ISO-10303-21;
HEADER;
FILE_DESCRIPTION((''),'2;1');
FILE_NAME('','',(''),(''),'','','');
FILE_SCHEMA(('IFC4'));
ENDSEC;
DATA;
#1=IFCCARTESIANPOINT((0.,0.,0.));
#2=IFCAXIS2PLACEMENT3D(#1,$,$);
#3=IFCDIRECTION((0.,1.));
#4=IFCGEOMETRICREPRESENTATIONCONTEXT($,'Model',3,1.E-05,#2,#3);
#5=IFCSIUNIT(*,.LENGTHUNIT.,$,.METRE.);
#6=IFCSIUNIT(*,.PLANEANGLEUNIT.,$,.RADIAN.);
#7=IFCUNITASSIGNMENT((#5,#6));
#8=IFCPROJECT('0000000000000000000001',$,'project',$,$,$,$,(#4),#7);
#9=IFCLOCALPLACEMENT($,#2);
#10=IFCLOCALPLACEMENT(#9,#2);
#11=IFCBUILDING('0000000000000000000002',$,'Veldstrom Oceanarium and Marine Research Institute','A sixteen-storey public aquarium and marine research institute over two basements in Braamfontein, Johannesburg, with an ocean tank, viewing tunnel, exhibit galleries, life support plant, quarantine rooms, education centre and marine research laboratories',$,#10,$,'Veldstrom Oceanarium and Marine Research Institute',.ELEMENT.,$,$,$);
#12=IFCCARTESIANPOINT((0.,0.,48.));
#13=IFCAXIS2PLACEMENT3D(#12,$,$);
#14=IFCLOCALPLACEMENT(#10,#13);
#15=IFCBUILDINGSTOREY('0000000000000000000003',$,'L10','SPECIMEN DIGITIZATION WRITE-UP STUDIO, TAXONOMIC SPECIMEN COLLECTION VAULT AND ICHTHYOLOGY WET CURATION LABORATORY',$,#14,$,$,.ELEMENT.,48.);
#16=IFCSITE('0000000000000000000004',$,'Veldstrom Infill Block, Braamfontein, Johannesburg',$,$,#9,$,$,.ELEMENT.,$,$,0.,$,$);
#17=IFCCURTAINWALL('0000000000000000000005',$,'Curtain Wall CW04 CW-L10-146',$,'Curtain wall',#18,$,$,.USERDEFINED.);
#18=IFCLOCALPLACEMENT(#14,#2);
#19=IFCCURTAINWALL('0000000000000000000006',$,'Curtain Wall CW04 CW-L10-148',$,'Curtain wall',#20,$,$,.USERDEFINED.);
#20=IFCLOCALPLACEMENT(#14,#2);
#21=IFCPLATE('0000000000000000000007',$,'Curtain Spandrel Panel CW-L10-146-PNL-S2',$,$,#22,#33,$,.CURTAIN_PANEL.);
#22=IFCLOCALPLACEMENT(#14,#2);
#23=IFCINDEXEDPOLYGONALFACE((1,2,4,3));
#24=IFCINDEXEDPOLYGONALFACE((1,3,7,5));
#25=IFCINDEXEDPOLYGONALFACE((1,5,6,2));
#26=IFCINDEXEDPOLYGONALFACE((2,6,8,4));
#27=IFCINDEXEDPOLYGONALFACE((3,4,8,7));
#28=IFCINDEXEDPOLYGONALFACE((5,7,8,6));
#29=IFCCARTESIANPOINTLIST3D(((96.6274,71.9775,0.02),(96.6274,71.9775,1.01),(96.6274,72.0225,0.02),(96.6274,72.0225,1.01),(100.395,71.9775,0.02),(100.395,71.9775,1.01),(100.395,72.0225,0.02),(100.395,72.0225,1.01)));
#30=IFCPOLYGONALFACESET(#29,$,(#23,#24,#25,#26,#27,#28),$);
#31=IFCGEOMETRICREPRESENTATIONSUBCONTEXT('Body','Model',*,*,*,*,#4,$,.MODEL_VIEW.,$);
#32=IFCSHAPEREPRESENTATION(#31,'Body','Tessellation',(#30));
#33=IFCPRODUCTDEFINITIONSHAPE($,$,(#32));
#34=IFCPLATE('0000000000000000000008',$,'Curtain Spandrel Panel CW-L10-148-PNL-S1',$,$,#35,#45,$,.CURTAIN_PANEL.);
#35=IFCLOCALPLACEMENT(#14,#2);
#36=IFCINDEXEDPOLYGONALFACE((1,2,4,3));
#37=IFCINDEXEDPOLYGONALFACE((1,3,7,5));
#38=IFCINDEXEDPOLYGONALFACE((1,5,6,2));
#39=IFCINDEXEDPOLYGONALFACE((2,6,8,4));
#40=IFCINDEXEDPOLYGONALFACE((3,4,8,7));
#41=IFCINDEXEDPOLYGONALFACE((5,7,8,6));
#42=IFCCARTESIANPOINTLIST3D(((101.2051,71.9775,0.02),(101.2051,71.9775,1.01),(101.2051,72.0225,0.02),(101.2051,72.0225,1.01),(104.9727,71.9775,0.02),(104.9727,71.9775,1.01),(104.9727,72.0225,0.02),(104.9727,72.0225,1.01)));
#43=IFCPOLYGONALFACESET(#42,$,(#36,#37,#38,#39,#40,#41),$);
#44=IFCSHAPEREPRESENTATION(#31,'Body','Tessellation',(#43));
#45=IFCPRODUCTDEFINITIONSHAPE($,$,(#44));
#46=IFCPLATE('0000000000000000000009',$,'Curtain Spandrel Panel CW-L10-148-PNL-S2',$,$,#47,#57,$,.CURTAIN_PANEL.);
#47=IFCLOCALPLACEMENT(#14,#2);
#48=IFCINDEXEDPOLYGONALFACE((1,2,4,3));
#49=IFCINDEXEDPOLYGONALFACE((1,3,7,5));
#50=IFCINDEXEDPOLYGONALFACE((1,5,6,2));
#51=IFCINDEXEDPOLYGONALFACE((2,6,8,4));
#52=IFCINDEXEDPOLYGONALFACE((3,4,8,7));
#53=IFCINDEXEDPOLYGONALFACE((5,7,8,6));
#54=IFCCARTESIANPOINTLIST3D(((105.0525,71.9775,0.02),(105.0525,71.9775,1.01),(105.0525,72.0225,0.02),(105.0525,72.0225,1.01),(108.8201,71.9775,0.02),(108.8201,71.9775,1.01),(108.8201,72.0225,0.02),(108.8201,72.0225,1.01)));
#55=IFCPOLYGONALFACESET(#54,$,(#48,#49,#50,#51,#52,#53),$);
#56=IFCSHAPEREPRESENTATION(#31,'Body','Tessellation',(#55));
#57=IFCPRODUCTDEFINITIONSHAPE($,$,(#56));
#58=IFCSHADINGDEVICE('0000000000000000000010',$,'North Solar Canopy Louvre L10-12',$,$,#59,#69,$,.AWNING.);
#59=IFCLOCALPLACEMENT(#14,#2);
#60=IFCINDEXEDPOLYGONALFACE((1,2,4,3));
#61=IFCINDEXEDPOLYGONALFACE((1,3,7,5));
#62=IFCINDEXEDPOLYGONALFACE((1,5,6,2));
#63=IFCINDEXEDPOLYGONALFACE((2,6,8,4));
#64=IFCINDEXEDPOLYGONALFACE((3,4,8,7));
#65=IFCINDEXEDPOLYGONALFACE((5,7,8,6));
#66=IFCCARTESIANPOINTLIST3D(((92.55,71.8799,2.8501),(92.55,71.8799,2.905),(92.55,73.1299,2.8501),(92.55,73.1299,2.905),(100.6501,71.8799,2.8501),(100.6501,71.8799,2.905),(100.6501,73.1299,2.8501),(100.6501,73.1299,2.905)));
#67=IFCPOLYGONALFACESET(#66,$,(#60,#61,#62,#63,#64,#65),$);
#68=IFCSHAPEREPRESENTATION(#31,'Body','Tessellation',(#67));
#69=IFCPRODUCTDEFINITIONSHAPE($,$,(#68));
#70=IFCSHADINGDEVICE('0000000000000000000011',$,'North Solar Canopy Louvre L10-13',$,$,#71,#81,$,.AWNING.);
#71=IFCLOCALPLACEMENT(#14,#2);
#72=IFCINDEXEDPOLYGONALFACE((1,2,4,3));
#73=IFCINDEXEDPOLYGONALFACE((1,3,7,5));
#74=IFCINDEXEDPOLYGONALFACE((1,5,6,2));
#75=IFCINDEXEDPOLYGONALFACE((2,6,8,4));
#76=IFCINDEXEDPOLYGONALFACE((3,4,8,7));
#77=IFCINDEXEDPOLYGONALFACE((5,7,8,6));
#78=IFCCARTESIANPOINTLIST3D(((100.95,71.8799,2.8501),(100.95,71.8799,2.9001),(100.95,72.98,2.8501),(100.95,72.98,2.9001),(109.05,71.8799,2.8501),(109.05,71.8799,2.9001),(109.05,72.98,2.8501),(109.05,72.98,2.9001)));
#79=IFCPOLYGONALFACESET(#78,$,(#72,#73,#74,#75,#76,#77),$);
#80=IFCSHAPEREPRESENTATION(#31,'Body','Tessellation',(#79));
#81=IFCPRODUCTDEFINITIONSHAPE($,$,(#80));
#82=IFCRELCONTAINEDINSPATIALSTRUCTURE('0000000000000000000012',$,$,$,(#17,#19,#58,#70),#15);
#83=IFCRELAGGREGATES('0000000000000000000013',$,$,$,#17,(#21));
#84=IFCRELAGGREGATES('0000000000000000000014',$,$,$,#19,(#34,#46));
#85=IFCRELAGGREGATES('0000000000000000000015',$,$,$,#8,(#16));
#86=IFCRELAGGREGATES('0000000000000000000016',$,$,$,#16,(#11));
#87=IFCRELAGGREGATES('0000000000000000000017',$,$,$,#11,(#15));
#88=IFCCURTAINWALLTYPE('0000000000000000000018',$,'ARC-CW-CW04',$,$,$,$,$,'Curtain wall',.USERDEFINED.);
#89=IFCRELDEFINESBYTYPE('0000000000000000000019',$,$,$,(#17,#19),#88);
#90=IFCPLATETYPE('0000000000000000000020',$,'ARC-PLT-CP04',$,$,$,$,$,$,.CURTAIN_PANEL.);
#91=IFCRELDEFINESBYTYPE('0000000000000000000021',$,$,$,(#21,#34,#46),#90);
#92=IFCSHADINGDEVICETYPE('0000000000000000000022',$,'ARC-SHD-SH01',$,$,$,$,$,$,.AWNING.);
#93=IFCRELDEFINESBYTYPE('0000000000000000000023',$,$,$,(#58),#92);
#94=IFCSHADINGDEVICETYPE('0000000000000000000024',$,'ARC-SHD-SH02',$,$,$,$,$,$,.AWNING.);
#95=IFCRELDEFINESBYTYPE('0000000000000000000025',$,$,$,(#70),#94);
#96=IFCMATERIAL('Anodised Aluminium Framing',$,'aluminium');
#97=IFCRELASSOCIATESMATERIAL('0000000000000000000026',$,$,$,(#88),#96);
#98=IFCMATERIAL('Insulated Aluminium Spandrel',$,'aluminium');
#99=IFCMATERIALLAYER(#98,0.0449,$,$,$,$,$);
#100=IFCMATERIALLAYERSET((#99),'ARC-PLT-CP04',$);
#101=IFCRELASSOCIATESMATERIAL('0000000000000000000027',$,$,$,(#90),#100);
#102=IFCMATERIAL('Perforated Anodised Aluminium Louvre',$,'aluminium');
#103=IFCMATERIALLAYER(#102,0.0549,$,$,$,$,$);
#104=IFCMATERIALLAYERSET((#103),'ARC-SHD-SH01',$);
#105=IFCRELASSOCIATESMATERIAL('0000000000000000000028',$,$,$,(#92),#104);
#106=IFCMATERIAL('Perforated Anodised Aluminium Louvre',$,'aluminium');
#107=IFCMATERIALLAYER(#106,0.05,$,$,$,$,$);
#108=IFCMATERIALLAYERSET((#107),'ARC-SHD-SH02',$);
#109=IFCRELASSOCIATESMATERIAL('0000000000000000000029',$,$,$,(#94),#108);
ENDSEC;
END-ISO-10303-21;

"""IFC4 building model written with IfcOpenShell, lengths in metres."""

from ifc_helpers import new_model, si_unit, direction, frame, origin, origin_2d, place, context, subcontext, project, spatial, rectangle, extrude, material, layer, layer_set, type_object, element, aggregate, save


model = new_model("IFC4")

# Units and contexts
model_context = context("Model", 3, precision=1e-05, world=origin(), true_north=direction((0.0, 1.0)))
body_context = subcontext(model_context, "Body", "Model", "MODEL_VIEW")
ifc_project = project(units=[si_unit("LENGTHUNIT", "METRE"), si_unit("PLANEANGLEUNIT", "RADIAN")], contexts=[model_context])

# Site, building, storey
site_placement = place(None, origin())
site = spatial("IfcSite", under=ifc_project, at=site_placement, Name="Veldstrom Infill Block, Braamfontein, Johannesburg", CompositionType="ELEMENT", RefElevation=0.0)
building_placement = place(site_placement, origin())
building = spatial("IfcBuilding", under=site, at=building_placement, Name="Veldstrom Oceanarium and Marine Research Institute", Description="A sixteen-storey public aquarium and marine research institute over two basements in Braamfontein, Johannesburg, with an ocean tank, viewing tunnel, exhibit galleries, life support plant, quarantine rooms, education centre and marine research laboratories", LongName="Veldstrom Oceanarium and Marine Research Institute", CompositionType="ELEMENT")
storey_placement = place(building_placement, frame((0.0, 0.0, 48.0)))
storey = spatial("IfcBuildingStorey", under=building, at=storey_placement, Name="L10", Description="SPECIMEN DIGITIZATION WRITE-UP STUDIO, TAXONOMIC SPECIMEN COLLECTION VAULT AND ICHTHYOLOGY WET CURATION LABORATORY", CompositionType="ELEMENT", Elevation=48.0)

# Curtain walls
ifc_material_1 = material(Name="Anodised Aluminium Framing", Category="aluminium")
curtain_wall_type = type_object("IfcCurtainWallType", Name="ARC-CW-CW04", ElementType="Curtain wall", PredefinedType="USERDEFINED", material=ifc_material_1)
curtain_wall_1_placement = place(storey_placement, origin())
curtain_wall_1 = element("IfcCurtainWall", 1, at=curtain_wall_1_placement, inside=storey, type_object=curtain_wall_type, Name="Curtain Wall CW04 CW-L10-146", ObjectType="Curtain wall", PredefinedType="USERDEFINED")
curtain_wall_2_placement = place(storey_placement, origin())
curtain_wall_2 = element("IfcCurtainWall", 2, at=curtain_wall_2_placement, inside=storey, type_object=curtain_wall_type, Name="Curtain Wall CW04 CW-L10-148", ObjectType="Curtain wall", PredefinedType="USERDEFINED")

# Plates
ifc_material_2 = material(Name="Insulated Aluminium Spandrel", Category="aluminium")
ifc_layer_1 = layer(ifc_material_2, 0.0449)
ifc_layer_set_1 = layer_set([ifc_layer_1], Name="ARC-PLT-CP04")
plate_type_1 = type_object("IfcPlateType", Name="ARC-PLT-CP04", PredefinedType="CURTAIN_PANEL", material=ifc_layer_set_1)
plate_1_placement = place(storey_placement, frame((98.5112, 72.0, 0.02), z_axis=(0.0, 0.0, 1.0), x_axis=(1.0, 0.0, 0.0)))
plate_1 = element("IfcPlate", 3, at=plate_1_placement, type_object=plate_type_1, Name="Curtain Spandrel Panel CW-L10-146-PNL-S2", PredefinedType="CURTAIN_PANEL", context=body_context, shape_type="SweptSolid", body=[
    extrude(rectangle(XDim=3.7676, YDim=0.0449, at=origin_2d()), origin(), (0.0, 0.0, 1.0), 0.99),
])
aggregate(curtain_wall_1, [plate_1])
plate_2_placement = place(storey_placement, frame((103.0889, 72.0, 0.02), z_axis=(0.0, 0.0, 1.0), x_axis=(1.0, 0.0, 0.0)))
plate_2 = element("IfcPlate", 4, at=plate_2_placement, type_object=plate_type_1, Name="Curtain Spandrel Panel CW-L10-148-PNL-S1", PredefinedType="CURTAIN_PANEL", context=body_context, shape_type="SweptSolid", body=[
    extrude(rectangle(XDim=3.7676, YDim=0.0449, at=origin_2d()), origin(), (0.0, 0.0, 1.0), 0.99),
])
plate_3_placement = place(storey_placement, frame((106.9363, 72.0, 0.02), z_axis=(0.0, 0.0, 1.0), x_axis=(1.0, 0.0, 0.0)))
plate_3 = element("IfcPlate", 5, at=plate_3_placement, type_object=plate_type_1, Name="Curtain Spandrel Panel CW-L10-148-PNL-S2", PredefinedType="CURTAIN_PANEL", context=body_context, shape_type="SweptSolid", body=[
    extrude(rectangle(XDim=3.7676, YDim=0.0449, at=origin_2d()), origin(), (0.0, 0.0, 1.0), 0.99),
])
aggregate(curtain_wall_2, [plate_2, plate_3])

# Shading devices
ifc_material_3 = material(Name="Perforated Anodised Aluminium Louvre", Category="aluminium")
ifc_layer_2 = layer(ifc_material_3, 0.0549)
ifc_layer_set_2 = layer_set([ifc_layer_2], Name="ARC-SHD-SH01")
shading_device_type_1 = type_object("IfcShadingDeviceType", Name="ARC-SHD-SH01", PredefinedType="AWNING", material=ifc_layer_set_2)
shading_device_1_placement = place(storey_placement, frame((96.6001, 72.5049, 2.8501), z_axis=(0.0, 0.0, 1.0), x_axis=(1.0, 0.0, 0.0)))
element("IfcShadingDevice", 6, at=shading_device_1_placement, inside=storey, type_object=shading_device_type_1, Name="North Solar Canopy Louvre L10-12", PredefinedType="AWNING", context=body_context, shape_type="SweptSolid", body=[
    extrude(rectangle(XDim=8.1001, YDim=1.25, at=origin_2d()), origin(), (0.0, 0.0, 1.0), 0.0549),
])
ifc_material_4 = material(Name="Perforated Anodised Aluminium Louvre", Category="aluminium")
ifc_layer_3 = layer(ifc_material_4, 0.05)
ifc_layer_set_3 = layer_set([ifc_layer_3], Name="ARC-SHD-SH02")
shading_device_type_2 = type_object("IfcShadingDeviceType", Name="ARC-SHD-SH02", PredefinedType="AWNING", material=ifc_layer_set_3)
shading_device_2_placement = place(storey_placement, frame((105.0, 72.4299, 2.8501), z_axis=(0.0, 0.0, 1.0), x_axis=(1.0, 0.0, 0.0)))
element("IfcShadingDevice", 7, at=shading_device_2_placement, inside=storey, type_object=shading_device_type_2, Name="North Solar Canopy Louvre L10-13", PredefinedType="AWNING", context=body_context, shape_type="SweptSolid", body=[
    extrude(rectangle(XDim=8.1001, YDim=1.1001, at=origin_2d()), origin(), (0.0, 0.0, 1.0), 0.05),
])

save(model, "model.ifc")
